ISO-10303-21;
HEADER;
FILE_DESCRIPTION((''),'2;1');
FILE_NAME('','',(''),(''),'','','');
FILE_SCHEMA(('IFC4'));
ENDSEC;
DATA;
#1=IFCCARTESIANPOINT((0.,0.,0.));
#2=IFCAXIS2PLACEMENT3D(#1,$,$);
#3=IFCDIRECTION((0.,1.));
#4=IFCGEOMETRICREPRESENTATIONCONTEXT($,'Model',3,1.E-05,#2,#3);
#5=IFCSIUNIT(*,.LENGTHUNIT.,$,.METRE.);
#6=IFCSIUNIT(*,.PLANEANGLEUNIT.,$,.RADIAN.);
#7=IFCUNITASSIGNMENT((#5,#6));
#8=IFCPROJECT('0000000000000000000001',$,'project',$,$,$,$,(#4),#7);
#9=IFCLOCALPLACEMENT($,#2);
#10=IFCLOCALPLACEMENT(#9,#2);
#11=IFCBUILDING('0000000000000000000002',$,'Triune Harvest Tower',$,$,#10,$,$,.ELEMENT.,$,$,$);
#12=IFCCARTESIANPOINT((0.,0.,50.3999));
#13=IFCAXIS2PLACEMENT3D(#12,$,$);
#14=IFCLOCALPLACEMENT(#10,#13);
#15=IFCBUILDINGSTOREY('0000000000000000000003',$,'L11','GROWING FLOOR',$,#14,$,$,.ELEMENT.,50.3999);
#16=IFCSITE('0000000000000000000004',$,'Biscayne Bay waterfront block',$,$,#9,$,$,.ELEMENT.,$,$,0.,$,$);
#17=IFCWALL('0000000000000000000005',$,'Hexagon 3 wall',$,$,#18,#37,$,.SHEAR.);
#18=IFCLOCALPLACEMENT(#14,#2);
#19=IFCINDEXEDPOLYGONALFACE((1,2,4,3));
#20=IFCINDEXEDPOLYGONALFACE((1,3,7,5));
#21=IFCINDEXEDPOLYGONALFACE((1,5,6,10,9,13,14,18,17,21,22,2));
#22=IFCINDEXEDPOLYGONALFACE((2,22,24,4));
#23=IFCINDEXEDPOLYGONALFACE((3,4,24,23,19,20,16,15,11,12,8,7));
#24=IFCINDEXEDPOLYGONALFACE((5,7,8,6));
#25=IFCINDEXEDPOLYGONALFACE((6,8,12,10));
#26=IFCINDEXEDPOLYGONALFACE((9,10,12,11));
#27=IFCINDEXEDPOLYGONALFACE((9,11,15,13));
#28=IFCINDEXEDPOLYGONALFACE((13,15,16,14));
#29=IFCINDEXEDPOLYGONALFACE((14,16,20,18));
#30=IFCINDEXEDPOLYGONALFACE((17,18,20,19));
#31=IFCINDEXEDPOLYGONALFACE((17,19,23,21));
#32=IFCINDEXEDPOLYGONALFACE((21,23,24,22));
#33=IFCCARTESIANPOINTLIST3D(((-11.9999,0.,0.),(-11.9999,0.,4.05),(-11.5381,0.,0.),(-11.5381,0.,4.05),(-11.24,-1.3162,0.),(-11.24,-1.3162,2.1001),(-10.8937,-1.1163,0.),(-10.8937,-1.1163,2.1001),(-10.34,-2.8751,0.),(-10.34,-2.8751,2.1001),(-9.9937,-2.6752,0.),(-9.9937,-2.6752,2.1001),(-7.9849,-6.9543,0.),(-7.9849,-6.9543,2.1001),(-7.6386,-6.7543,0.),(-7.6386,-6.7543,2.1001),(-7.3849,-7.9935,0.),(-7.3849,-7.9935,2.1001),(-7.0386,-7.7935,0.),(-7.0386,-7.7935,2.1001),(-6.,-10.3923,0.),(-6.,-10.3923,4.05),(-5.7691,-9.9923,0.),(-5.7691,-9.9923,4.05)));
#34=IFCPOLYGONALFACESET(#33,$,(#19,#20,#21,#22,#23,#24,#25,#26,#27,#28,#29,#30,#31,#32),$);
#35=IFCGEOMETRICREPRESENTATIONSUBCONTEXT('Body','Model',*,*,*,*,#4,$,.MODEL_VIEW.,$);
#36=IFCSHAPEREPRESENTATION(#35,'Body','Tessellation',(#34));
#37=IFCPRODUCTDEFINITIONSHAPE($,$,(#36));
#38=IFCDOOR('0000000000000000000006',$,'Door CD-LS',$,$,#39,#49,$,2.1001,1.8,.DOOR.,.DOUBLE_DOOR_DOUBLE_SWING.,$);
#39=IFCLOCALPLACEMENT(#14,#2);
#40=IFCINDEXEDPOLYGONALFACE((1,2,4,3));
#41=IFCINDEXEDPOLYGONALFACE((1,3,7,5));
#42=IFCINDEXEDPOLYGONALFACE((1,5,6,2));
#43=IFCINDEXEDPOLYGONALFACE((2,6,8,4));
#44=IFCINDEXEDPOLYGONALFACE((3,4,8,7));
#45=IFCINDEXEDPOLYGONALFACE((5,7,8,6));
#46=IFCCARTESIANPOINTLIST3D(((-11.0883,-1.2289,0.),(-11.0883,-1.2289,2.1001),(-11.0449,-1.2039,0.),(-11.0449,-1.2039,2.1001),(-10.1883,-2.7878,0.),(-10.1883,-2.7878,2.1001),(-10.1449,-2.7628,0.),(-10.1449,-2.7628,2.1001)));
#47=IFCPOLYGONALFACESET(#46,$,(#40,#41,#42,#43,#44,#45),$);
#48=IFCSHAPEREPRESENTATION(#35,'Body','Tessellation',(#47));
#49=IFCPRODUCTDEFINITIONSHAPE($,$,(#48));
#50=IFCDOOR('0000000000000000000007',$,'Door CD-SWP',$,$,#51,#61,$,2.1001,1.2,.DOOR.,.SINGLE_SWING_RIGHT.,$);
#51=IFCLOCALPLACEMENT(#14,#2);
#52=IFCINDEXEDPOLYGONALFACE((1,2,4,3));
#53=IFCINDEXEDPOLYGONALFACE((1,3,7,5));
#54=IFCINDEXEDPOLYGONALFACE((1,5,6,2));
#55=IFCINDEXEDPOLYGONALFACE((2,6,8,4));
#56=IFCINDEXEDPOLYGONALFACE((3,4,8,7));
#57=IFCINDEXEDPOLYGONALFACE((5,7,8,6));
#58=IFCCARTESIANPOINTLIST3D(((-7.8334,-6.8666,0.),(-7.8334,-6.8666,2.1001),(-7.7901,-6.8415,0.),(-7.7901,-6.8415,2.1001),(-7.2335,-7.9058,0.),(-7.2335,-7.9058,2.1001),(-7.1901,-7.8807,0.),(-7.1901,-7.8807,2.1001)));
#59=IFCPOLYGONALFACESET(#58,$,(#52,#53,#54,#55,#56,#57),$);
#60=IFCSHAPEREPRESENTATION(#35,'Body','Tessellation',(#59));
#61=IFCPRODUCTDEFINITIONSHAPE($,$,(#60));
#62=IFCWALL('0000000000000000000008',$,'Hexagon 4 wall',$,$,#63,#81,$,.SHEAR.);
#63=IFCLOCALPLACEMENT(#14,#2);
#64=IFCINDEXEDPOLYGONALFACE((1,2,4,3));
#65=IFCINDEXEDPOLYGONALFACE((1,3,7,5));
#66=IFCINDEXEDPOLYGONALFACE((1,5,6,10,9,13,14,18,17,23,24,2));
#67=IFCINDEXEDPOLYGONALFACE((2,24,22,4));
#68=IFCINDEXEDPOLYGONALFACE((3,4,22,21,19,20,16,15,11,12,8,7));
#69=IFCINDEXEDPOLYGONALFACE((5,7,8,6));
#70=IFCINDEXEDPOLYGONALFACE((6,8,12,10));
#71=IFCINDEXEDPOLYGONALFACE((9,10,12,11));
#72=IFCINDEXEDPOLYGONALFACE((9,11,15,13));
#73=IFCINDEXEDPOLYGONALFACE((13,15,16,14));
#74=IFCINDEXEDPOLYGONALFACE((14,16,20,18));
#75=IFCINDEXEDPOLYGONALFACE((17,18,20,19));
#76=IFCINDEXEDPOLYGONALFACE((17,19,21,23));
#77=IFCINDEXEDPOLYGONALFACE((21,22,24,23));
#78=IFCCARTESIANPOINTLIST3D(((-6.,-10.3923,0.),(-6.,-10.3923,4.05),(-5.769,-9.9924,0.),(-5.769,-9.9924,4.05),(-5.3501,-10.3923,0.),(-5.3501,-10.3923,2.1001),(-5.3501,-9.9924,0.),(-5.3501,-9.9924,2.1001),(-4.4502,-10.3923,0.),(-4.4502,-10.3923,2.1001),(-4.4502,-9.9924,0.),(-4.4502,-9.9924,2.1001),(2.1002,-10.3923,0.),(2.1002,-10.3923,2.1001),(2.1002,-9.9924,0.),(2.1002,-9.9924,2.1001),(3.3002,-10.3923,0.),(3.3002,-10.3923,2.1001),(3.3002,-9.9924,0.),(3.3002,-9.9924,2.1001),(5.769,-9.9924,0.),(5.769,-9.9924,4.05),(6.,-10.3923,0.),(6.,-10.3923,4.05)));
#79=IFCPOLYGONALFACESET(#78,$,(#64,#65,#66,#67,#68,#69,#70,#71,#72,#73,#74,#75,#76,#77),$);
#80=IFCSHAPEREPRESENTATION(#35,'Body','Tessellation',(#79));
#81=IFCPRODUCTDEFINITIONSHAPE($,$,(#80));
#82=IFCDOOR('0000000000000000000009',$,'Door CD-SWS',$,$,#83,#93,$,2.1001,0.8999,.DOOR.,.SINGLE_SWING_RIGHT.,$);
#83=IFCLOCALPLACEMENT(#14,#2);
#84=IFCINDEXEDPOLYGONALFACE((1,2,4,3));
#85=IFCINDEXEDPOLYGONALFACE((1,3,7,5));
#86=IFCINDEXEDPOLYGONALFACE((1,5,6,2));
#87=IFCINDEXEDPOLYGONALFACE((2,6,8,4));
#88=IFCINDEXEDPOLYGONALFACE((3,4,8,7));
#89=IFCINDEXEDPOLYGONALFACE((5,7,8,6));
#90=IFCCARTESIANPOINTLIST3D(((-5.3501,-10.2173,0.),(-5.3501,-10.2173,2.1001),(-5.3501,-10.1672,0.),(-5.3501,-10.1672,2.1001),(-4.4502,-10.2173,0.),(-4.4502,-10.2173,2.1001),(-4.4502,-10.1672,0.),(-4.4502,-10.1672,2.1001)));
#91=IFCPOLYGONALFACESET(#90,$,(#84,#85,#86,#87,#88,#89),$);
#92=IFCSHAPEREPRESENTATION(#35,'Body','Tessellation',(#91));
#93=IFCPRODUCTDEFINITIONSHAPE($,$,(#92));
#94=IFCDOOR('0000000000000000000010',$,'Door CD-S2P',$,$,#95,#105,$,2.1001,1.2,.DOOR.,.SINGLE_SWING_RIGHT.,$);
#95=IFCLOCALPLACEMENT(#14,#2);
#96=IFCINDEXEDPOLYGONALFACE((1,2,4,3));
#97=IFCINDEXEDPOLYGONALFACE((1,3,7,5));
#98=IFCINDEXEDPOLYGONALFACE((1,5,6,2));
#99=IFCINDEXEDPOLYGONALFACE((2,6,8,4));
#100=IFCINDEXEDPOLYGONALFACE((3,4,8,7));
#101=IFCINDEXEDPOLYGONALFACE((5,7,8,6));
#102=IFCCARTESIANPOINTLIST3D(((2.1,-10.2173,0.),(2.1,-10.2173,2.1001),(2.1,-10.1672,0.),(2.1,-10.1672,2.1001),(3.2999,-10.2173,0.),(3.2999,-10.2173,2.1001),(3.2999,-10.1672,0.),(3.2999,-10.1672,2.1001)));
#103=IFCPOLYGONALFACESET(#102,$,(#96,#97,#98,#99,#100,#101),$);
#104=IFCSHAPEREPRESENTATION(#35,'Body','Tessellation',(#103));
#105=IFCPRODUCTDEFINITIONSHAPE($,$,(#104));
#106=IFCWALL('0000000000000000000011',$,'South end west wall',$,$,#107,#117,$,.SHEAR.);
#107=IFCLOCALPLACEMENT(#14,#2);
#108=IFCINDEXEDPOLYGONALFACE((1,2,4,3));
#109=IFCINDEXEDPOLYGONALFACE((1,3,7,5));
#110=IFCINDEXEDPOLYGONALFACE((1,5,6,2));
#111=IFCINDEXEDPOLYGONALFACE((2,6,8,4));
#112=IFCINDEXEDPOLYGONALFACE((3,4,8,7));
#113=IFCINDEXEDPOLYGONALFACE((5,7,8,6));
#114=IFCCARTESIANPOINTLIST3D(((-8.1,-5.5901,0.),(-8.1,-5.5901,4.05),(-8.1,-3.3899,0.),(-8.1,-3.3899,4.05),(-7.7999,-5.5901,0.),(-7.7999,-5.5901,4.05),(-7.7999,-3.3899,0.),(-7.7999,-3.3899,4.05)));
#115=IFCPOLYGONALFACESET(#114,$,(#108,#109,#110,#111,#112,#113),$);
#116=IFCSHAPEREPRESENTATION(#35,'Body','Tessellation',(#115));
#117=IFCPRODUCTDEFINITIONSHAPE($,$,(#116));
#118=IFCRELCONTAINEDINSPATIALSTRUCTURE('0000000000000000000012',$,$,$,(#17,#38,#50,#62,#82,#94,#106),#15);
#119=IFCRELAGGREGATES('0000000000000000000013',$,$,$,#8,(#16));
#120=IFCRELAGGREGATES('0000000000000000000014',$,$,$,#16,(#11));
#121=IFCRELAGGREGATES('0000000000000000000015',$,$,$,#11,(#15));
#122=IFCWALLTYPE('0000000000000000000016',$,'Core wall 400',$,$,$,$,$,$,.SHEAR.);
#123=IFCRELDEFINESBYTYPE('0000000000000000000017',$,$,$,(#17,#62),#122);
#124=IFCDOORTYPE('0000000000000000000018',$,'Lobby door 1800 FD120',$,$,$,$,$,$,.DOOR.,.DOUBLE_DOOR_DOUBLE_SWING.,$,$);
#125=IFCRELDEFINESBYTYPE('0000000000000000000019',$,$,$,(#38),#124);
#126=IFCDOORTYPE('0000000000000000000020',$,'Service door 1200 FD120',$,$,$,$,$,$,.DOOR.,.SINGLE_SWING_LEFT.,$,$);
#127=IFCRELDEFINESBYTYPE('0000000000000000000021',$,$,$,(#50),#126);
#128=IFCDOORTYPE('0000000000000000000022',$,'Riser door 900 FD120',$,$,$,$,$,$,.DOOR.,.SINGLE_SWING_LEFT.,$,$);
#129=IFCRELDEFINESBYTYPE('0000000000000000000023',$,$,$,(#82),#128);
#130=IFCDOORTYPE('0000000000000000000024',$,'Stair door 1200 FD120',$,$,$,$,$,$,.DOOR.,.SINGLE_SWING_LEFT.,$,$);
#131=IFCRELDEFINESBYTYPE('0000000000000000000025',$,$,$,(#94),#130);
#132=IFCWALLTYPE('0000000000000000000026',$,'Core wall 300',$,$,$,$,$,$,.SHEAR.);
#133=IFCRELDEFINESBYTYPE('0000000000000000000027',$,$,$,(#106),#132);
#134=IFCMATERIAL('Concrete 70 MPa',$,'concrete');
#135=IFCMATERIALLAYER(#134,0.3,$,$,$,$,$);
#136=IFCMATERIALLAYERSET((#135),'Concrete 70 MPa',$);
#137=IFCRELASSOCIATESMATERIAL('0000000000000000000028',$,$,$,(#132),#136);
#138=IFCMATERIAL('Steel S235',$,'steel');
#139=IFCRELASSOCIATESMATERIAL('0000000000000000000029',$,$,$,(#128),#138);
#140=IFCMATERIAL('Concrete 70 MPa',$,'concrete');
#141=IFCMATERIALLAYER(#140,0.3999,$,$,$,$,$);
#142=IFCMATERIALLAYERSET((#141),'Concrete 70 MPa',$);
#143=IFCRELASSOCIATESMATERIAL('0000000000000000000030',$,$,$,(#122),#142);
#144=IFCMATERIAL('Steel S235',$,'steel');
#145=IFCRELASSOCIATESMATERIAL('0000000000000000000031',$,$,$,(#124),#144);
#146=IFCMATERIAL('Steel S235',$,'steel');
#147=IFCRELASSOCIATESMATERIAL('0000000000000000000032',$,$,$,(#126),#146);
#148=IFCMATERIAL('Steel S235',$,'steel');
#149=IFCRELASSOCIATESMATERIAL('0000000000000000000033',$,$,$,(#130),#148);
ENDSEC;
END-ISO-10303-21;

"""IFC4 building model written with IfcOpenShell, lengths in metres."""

from ifc_helpers import new_model, si_unit, direction, frame, frame_2d, origin, place, context, subcontext, project, spatial, polyline, rectangle, outline, extrude, source, transform, mapped, material, layer, layer_set, type_object, element, fill, save


model = new_model("IFC4")

# Units and contexts
model_context = context("Model", 3, precision=1e-05, world=origin(), true_north=direction((0.0, 1.0)))
body_context = subcontext(model_context, "Body", "Model", "MODEL_VIEW")
ifc_project = project(units=[si_unit("LENGTHUNIT", "METRE"), si_unit("PLANEANGLEUNIT", "RADIAN")], contexts=[model_context])

# Site, building, storey
site_placement = place(None, origin())
site = spatial("IfcSite", under=ifc_project, at=site_placement, Name="Biscayne Bay waterfront block", CompositionType="ELEMENT", RefElevation=0.0)
building_placement = place(site_placement, origin())
building = spatial("IfcBuilding", under=site, at=building_placement, Name="Triune Harvest Tower", CompositionType="ELEMENT")
storey_placement = place(building_placement, frame((0.0, 0.0, 50.3999)))
storey = spatial("IfcBuildingStorey", under=building, at=storey_placement, Name="L11", Description="GROWING FLOOR", CompositionType="ELEMENT", Elevation=50.3999)

# Shared definitions
ifc_material_1 = material(Name="Concrete 70 MPa", Category="concrete")
ifc_layer_1 = layer(ifc_material_1, 0.3)
ifc_layer_set_1 = layer_set([ifc_layer_1], Name="Concrete 70 MPa")
wall_type_1 = type_object("IfcWallType", Name="Core wall 300", PredefinedType="SHEAR", material=ifc_layer_set_1)
ifc_material_2 = material(Name="Steel S235", Category="steel")
door_type_1 = type_object("IfcDoorType", Name="Riser door 900 FD120", OperationType="SINGLE_SWING_LEFT", PredefinedType="DOOR", material=ifc_material_2)

# Walls, openings, doors
ifc_material_3 = material(Name="Concrete 70 MPa", Category="concrete")
ifc_layer_2 = layer(ifc_material_3, 0.3999)
ifc_layer_set_2 = layer_set([ifc_layer_2], Name="Concrete 70 MPa")
wall_type_2 = type_object("IfcWallType", Name="Core wall 400", PredefinedType="SHEAR", material=ifc_layer_set_2)
shared_shape_1 = source(origin(), body_context, "Body", "SweptSolid", [
    extrude(outline(polyline([(-0.1155, -0.2), (11.8845, -0.2), (11.6536, 0.2), (0.1155, 0.2), (-0.1155, -0.2)])), origin(), (0.0, 0.0, 1.0), 4.05),
])
wall_1_placement = place(storey_placement, frame((-11.769, 0.0, 0.0), z_axis=(0.0, 0.0, 1.0), x_axis=(0.499997, -0.866027, 0.0)))
wall_1 = element("IfcWall", 1, at=wall_1_placement, inside=storey, type_object=wall_type_2, Name="Hexagon 3 wall", PredefinedType="SHEAR", context=body_context, shape_type="MappedRepresentation", body=[
    mapped(shared_shape_1, transform((0.0, 0.0, 0.0), scale=1.0)),
])
opening_1_placement = place(wall_1_placement, frame((1.4045, 0.0, 0.0)))
opening_1 = element("IfcOpeningElement", 2, at=opening_1_placement, cuts=wall_1, PredefinedType="OPENING", context=body_context, shape_type="SweptSolid", body=[
    extrude(rectangle(XDim=1.8, YDim=2.1001, at=frame_2d((0.8999, 1.05))), frame((0.0, 0.21, 0.0), z_axis=(0.0, -1.0, 0.0), x_axis=(1.0, 0.0, 0.0)), (0.0, 0.0, 1.0), 0.4199),
])
opening_2_placement = place(wall_1_placement, frame((7.9146, 0.0, 0.0)))
opening_2 = element("IfcOpeningElement", 3, at=opening_2_placement, cuts=wall_1, PredefinedType="OPENING", context=body_context, shape_type="SweptSolid", body=[
    extrude(rectangle(XDim=1.2, YDim=2.1001, at=frame_2d((0.6001, 1.05))), frame((0.0, 0.21, 0.0), z_axis=(0.0, -1.0, 0.0), x_axis=(1.0, 0.0, 0.0)), (0.0, 0.0, 1.0), 0.4199),
])
ifc_material_4 = material(Name="Steel S235", Category="steel")
door_type_2 = type_object("IfcDoorType", Name="Lobby door 1800 FD120", OperationType="DOUBLE_DOOR_DOUBLE_SWING", PredefinedType="DOOR", material=ifc_material_4)
door_1_placement = place(opening_1_placement, frame((1.8, 0.0, 0.0), z_axis=(0.0, 0.0, 1.0), x_axis=(-1.0, 0.0, 0.0)))
door_1 = element("IfcDoor", 4, at=door_1_placement, inside=storey, type_object=door_type_2, Name="Door CD-LS", OperationType="DOUBLE_DOOR_DOUBLE_SWING", OverallHeight=2.1001, OverallWidth=1.8, PredefinedType="DOOR", context=body_context, shape_type="SweptSolid", body=[
    extrude(rectangle(XDim=1.8, YDim=2.1001, at=frame_2d((0.8999, 1.05))), frame((0.0, 0.0249, 0.0), z_axis=(0.0, -1.0, 0.0), x_axis=(1.0, 0.0, 0.0)), (0.0, 0.0, 1.0), 0.05),
])
fill(opening_1, door_1)
ifc_material_5 = material(Name="Steel S235", Category="steel")
door_type_3 = type_object("IfcDoorType", Name="Service door 1200 FD120", OperationType="SINGLE_SWING_LEFT", PredefinedType="DOOR", material=ifc_material_5)
door_2_placement = place(opening_2_placement, frame((1.2, 0.0, 0.0), z_axis=(0.0, 0.0, 1.0), x_axis=(-1.0, 0.0, 0.0)))
door_2 = element("IfcDoor", 5, at=door_2_placement, inside=storey, type_object=door_type_3, Name="Door CD-SWP", OperationType="SINGLE_SWING_RIGHT", OverallHeight=2.1001, OverallWidth=1.2, PredefinedType="DOOR", context=body_context, shape_type="SweptSolid", body=[
    extrude(rectangle(XDim=1.2, YDim=2.1001, at=frame_2d((0.6001, 1.05))), frame((0.0, 0.0249, 0.0), z_axis=(0.0, -1.0, 0.0), x_axis=(1.0, 0.0, 0.0)), (0.0, 0.0, 1.0), 0.05),
])
fill(opening_2, door_2)
wall_2_placement = place(storey_placement, frame((-5.8845, -10.1924, 0.0), z_axis=(0.0, 0.0, 1.0), x_axis=(1.0, 0.0, 0.0)))
wall_2 = element("IfcWall", 6, at=wall_2_placement, inside=storey, type_object=wall_type_2, Name="Hexagon 4 wall", PredefinedType="SHEAR", context=body_context, shape_type="MappedRepresentation", body=[
    mapped(shared_shape_1, transform((0.0, 0.0, 0.0), scale=1.0)),
])
opening_3_placement = place(wall_2_placement, frame((7.9846, 0.0, 0.0)))
opening_3 = element("IfcOpeningElement", 7, at=opening_3_placement, cuts=wall_2, PredefinedType="OPENING", context=body_context, shape_type="SweptSolid", body=[
    extrude(rectangle(XDim=1.2, YDim=2.1001, at=frame_2d((0.6001, 1.05))), frame((0.0, 0.21, 0.0), z_axis=(0.0, -1.0, 0.0), x_axis=(1.0, 0.0, 0.0)), (0.0, 0.0, 1.0), 0.4199),
])
opening_4_placement = place(wall_2_placement, frame((0.5344, 0.0, 0.0)))
opening_4 = element("IfcOpeningElement", 8, at=opening_4_placement, cuts=wall_2, PredefinedType="OPENING", context=body_context, shape_type="SweptSolid", body=[
    extrude(rectangle(XDim=0.8999, YDim=2.1001, at=frame_2d((0.45, 1.05))), frame((0.0, 0.21, 0.0), z_axis=(0.0, -1.0, 0.0), x_axis=(1.0, 0.0, 0.0)), (0.0, 0.0, 1.0), 0.4199),
])
door_3_placement = place(opening_4_placement, frame((0.8999, 0.0, 0.0), z_axis=(0.0, 0.0, 1.0), x_axis=(-1.0, 0.0, 0.0)))
door_3 = element("IfcDoor", 9, at=door_3_placement, inside=storey, type_object=door_type_1, Name="Door CD-SWS", OperationType="SINGLE_SWING_RIGHT", OverallHeight=2.1001, OverallWidth=0.8999, PredefinedType="DOOR", context=body_context, shape_type="SweptSolid", body=[
    extrude(rectangle(XDim=0.8999, YDim=2.1001, at=frame_2d((0.45, 1.05))), frame((0.0, 0.0249, 0.0), z_axis=(0.0, -1.0, 0.0), x_axis=(1.0, 0.0, 0.0)), (0.0, 0.0, 1.0), 0.05),
])
fill(opening_4, door_3)
ifc_material_6 = material(Name="Steel S235", Category="steel")
door_type_4 = type_object("IfcDoorType", Name="Stair door 1200 FD120", OperationType="SINGLE_SWING_LEFT", PredefinedType="DOOR", material=ifc_material_6)
door_4_placement = place(opening_3_placement, frame((1.2, 0.0, 0.0), z_axis=(0.0, 0.0, 1.0), x_axis=(-1.0, 0.0, 0.0)))
door_4 = element("IfcDoor", 10, at=door_4_placement, inside=storey, type_object=door_type_4, Name="Door CD-S2P", OperationType="SINGLE_SWING_RIGHT", OverallHeight=2.1001, OverallWidth=1.2, PredefinedType="DOOR", context=body_context, shape_type="SweptSolid", body=[
    extrude(rectangle(XDim=1.2, YDim=2.1001, at=frame_2d((0.6001, 1.05))), frame((0.0, 0.0249, 0.0), z_axis=(0.0, -1.0, 0.0), x_axis=(1.0, 0.0, 0.0)), (0.0, 0.0, 1.0), 0.05),
])
fill(opening_3, door_4)

# Wall
shared_shape_2 = source(origin(), body_context, "Body", "SweptSolid", [
    extrude(rectangle(XDim=2.2002, YDim=0.3, at=frame_2d((1.1001, 0.0))), origin(), (0.0, 0.0, 1.0), 4.05),
])
wall_3_placement = place(storey_placement, frame((-7.95, -5.5901, 0.0), z_axis=(0.0, 0.0, 1.0), x_axis=(0.0, 1.0, 0.0)))
element("IfcWall", 11, at=wall_3_placement, inside=storey, type_object=wall_type_1, Name="South end west wall", PredefinedType="SHEAR", context=body_context, shape_type="MappedRepresentation", body=[
    mapped(shared_shape_2, transform((0.0, 0.0, 0.0), scale=1.0)),
])

save(model, "model.ifc")
